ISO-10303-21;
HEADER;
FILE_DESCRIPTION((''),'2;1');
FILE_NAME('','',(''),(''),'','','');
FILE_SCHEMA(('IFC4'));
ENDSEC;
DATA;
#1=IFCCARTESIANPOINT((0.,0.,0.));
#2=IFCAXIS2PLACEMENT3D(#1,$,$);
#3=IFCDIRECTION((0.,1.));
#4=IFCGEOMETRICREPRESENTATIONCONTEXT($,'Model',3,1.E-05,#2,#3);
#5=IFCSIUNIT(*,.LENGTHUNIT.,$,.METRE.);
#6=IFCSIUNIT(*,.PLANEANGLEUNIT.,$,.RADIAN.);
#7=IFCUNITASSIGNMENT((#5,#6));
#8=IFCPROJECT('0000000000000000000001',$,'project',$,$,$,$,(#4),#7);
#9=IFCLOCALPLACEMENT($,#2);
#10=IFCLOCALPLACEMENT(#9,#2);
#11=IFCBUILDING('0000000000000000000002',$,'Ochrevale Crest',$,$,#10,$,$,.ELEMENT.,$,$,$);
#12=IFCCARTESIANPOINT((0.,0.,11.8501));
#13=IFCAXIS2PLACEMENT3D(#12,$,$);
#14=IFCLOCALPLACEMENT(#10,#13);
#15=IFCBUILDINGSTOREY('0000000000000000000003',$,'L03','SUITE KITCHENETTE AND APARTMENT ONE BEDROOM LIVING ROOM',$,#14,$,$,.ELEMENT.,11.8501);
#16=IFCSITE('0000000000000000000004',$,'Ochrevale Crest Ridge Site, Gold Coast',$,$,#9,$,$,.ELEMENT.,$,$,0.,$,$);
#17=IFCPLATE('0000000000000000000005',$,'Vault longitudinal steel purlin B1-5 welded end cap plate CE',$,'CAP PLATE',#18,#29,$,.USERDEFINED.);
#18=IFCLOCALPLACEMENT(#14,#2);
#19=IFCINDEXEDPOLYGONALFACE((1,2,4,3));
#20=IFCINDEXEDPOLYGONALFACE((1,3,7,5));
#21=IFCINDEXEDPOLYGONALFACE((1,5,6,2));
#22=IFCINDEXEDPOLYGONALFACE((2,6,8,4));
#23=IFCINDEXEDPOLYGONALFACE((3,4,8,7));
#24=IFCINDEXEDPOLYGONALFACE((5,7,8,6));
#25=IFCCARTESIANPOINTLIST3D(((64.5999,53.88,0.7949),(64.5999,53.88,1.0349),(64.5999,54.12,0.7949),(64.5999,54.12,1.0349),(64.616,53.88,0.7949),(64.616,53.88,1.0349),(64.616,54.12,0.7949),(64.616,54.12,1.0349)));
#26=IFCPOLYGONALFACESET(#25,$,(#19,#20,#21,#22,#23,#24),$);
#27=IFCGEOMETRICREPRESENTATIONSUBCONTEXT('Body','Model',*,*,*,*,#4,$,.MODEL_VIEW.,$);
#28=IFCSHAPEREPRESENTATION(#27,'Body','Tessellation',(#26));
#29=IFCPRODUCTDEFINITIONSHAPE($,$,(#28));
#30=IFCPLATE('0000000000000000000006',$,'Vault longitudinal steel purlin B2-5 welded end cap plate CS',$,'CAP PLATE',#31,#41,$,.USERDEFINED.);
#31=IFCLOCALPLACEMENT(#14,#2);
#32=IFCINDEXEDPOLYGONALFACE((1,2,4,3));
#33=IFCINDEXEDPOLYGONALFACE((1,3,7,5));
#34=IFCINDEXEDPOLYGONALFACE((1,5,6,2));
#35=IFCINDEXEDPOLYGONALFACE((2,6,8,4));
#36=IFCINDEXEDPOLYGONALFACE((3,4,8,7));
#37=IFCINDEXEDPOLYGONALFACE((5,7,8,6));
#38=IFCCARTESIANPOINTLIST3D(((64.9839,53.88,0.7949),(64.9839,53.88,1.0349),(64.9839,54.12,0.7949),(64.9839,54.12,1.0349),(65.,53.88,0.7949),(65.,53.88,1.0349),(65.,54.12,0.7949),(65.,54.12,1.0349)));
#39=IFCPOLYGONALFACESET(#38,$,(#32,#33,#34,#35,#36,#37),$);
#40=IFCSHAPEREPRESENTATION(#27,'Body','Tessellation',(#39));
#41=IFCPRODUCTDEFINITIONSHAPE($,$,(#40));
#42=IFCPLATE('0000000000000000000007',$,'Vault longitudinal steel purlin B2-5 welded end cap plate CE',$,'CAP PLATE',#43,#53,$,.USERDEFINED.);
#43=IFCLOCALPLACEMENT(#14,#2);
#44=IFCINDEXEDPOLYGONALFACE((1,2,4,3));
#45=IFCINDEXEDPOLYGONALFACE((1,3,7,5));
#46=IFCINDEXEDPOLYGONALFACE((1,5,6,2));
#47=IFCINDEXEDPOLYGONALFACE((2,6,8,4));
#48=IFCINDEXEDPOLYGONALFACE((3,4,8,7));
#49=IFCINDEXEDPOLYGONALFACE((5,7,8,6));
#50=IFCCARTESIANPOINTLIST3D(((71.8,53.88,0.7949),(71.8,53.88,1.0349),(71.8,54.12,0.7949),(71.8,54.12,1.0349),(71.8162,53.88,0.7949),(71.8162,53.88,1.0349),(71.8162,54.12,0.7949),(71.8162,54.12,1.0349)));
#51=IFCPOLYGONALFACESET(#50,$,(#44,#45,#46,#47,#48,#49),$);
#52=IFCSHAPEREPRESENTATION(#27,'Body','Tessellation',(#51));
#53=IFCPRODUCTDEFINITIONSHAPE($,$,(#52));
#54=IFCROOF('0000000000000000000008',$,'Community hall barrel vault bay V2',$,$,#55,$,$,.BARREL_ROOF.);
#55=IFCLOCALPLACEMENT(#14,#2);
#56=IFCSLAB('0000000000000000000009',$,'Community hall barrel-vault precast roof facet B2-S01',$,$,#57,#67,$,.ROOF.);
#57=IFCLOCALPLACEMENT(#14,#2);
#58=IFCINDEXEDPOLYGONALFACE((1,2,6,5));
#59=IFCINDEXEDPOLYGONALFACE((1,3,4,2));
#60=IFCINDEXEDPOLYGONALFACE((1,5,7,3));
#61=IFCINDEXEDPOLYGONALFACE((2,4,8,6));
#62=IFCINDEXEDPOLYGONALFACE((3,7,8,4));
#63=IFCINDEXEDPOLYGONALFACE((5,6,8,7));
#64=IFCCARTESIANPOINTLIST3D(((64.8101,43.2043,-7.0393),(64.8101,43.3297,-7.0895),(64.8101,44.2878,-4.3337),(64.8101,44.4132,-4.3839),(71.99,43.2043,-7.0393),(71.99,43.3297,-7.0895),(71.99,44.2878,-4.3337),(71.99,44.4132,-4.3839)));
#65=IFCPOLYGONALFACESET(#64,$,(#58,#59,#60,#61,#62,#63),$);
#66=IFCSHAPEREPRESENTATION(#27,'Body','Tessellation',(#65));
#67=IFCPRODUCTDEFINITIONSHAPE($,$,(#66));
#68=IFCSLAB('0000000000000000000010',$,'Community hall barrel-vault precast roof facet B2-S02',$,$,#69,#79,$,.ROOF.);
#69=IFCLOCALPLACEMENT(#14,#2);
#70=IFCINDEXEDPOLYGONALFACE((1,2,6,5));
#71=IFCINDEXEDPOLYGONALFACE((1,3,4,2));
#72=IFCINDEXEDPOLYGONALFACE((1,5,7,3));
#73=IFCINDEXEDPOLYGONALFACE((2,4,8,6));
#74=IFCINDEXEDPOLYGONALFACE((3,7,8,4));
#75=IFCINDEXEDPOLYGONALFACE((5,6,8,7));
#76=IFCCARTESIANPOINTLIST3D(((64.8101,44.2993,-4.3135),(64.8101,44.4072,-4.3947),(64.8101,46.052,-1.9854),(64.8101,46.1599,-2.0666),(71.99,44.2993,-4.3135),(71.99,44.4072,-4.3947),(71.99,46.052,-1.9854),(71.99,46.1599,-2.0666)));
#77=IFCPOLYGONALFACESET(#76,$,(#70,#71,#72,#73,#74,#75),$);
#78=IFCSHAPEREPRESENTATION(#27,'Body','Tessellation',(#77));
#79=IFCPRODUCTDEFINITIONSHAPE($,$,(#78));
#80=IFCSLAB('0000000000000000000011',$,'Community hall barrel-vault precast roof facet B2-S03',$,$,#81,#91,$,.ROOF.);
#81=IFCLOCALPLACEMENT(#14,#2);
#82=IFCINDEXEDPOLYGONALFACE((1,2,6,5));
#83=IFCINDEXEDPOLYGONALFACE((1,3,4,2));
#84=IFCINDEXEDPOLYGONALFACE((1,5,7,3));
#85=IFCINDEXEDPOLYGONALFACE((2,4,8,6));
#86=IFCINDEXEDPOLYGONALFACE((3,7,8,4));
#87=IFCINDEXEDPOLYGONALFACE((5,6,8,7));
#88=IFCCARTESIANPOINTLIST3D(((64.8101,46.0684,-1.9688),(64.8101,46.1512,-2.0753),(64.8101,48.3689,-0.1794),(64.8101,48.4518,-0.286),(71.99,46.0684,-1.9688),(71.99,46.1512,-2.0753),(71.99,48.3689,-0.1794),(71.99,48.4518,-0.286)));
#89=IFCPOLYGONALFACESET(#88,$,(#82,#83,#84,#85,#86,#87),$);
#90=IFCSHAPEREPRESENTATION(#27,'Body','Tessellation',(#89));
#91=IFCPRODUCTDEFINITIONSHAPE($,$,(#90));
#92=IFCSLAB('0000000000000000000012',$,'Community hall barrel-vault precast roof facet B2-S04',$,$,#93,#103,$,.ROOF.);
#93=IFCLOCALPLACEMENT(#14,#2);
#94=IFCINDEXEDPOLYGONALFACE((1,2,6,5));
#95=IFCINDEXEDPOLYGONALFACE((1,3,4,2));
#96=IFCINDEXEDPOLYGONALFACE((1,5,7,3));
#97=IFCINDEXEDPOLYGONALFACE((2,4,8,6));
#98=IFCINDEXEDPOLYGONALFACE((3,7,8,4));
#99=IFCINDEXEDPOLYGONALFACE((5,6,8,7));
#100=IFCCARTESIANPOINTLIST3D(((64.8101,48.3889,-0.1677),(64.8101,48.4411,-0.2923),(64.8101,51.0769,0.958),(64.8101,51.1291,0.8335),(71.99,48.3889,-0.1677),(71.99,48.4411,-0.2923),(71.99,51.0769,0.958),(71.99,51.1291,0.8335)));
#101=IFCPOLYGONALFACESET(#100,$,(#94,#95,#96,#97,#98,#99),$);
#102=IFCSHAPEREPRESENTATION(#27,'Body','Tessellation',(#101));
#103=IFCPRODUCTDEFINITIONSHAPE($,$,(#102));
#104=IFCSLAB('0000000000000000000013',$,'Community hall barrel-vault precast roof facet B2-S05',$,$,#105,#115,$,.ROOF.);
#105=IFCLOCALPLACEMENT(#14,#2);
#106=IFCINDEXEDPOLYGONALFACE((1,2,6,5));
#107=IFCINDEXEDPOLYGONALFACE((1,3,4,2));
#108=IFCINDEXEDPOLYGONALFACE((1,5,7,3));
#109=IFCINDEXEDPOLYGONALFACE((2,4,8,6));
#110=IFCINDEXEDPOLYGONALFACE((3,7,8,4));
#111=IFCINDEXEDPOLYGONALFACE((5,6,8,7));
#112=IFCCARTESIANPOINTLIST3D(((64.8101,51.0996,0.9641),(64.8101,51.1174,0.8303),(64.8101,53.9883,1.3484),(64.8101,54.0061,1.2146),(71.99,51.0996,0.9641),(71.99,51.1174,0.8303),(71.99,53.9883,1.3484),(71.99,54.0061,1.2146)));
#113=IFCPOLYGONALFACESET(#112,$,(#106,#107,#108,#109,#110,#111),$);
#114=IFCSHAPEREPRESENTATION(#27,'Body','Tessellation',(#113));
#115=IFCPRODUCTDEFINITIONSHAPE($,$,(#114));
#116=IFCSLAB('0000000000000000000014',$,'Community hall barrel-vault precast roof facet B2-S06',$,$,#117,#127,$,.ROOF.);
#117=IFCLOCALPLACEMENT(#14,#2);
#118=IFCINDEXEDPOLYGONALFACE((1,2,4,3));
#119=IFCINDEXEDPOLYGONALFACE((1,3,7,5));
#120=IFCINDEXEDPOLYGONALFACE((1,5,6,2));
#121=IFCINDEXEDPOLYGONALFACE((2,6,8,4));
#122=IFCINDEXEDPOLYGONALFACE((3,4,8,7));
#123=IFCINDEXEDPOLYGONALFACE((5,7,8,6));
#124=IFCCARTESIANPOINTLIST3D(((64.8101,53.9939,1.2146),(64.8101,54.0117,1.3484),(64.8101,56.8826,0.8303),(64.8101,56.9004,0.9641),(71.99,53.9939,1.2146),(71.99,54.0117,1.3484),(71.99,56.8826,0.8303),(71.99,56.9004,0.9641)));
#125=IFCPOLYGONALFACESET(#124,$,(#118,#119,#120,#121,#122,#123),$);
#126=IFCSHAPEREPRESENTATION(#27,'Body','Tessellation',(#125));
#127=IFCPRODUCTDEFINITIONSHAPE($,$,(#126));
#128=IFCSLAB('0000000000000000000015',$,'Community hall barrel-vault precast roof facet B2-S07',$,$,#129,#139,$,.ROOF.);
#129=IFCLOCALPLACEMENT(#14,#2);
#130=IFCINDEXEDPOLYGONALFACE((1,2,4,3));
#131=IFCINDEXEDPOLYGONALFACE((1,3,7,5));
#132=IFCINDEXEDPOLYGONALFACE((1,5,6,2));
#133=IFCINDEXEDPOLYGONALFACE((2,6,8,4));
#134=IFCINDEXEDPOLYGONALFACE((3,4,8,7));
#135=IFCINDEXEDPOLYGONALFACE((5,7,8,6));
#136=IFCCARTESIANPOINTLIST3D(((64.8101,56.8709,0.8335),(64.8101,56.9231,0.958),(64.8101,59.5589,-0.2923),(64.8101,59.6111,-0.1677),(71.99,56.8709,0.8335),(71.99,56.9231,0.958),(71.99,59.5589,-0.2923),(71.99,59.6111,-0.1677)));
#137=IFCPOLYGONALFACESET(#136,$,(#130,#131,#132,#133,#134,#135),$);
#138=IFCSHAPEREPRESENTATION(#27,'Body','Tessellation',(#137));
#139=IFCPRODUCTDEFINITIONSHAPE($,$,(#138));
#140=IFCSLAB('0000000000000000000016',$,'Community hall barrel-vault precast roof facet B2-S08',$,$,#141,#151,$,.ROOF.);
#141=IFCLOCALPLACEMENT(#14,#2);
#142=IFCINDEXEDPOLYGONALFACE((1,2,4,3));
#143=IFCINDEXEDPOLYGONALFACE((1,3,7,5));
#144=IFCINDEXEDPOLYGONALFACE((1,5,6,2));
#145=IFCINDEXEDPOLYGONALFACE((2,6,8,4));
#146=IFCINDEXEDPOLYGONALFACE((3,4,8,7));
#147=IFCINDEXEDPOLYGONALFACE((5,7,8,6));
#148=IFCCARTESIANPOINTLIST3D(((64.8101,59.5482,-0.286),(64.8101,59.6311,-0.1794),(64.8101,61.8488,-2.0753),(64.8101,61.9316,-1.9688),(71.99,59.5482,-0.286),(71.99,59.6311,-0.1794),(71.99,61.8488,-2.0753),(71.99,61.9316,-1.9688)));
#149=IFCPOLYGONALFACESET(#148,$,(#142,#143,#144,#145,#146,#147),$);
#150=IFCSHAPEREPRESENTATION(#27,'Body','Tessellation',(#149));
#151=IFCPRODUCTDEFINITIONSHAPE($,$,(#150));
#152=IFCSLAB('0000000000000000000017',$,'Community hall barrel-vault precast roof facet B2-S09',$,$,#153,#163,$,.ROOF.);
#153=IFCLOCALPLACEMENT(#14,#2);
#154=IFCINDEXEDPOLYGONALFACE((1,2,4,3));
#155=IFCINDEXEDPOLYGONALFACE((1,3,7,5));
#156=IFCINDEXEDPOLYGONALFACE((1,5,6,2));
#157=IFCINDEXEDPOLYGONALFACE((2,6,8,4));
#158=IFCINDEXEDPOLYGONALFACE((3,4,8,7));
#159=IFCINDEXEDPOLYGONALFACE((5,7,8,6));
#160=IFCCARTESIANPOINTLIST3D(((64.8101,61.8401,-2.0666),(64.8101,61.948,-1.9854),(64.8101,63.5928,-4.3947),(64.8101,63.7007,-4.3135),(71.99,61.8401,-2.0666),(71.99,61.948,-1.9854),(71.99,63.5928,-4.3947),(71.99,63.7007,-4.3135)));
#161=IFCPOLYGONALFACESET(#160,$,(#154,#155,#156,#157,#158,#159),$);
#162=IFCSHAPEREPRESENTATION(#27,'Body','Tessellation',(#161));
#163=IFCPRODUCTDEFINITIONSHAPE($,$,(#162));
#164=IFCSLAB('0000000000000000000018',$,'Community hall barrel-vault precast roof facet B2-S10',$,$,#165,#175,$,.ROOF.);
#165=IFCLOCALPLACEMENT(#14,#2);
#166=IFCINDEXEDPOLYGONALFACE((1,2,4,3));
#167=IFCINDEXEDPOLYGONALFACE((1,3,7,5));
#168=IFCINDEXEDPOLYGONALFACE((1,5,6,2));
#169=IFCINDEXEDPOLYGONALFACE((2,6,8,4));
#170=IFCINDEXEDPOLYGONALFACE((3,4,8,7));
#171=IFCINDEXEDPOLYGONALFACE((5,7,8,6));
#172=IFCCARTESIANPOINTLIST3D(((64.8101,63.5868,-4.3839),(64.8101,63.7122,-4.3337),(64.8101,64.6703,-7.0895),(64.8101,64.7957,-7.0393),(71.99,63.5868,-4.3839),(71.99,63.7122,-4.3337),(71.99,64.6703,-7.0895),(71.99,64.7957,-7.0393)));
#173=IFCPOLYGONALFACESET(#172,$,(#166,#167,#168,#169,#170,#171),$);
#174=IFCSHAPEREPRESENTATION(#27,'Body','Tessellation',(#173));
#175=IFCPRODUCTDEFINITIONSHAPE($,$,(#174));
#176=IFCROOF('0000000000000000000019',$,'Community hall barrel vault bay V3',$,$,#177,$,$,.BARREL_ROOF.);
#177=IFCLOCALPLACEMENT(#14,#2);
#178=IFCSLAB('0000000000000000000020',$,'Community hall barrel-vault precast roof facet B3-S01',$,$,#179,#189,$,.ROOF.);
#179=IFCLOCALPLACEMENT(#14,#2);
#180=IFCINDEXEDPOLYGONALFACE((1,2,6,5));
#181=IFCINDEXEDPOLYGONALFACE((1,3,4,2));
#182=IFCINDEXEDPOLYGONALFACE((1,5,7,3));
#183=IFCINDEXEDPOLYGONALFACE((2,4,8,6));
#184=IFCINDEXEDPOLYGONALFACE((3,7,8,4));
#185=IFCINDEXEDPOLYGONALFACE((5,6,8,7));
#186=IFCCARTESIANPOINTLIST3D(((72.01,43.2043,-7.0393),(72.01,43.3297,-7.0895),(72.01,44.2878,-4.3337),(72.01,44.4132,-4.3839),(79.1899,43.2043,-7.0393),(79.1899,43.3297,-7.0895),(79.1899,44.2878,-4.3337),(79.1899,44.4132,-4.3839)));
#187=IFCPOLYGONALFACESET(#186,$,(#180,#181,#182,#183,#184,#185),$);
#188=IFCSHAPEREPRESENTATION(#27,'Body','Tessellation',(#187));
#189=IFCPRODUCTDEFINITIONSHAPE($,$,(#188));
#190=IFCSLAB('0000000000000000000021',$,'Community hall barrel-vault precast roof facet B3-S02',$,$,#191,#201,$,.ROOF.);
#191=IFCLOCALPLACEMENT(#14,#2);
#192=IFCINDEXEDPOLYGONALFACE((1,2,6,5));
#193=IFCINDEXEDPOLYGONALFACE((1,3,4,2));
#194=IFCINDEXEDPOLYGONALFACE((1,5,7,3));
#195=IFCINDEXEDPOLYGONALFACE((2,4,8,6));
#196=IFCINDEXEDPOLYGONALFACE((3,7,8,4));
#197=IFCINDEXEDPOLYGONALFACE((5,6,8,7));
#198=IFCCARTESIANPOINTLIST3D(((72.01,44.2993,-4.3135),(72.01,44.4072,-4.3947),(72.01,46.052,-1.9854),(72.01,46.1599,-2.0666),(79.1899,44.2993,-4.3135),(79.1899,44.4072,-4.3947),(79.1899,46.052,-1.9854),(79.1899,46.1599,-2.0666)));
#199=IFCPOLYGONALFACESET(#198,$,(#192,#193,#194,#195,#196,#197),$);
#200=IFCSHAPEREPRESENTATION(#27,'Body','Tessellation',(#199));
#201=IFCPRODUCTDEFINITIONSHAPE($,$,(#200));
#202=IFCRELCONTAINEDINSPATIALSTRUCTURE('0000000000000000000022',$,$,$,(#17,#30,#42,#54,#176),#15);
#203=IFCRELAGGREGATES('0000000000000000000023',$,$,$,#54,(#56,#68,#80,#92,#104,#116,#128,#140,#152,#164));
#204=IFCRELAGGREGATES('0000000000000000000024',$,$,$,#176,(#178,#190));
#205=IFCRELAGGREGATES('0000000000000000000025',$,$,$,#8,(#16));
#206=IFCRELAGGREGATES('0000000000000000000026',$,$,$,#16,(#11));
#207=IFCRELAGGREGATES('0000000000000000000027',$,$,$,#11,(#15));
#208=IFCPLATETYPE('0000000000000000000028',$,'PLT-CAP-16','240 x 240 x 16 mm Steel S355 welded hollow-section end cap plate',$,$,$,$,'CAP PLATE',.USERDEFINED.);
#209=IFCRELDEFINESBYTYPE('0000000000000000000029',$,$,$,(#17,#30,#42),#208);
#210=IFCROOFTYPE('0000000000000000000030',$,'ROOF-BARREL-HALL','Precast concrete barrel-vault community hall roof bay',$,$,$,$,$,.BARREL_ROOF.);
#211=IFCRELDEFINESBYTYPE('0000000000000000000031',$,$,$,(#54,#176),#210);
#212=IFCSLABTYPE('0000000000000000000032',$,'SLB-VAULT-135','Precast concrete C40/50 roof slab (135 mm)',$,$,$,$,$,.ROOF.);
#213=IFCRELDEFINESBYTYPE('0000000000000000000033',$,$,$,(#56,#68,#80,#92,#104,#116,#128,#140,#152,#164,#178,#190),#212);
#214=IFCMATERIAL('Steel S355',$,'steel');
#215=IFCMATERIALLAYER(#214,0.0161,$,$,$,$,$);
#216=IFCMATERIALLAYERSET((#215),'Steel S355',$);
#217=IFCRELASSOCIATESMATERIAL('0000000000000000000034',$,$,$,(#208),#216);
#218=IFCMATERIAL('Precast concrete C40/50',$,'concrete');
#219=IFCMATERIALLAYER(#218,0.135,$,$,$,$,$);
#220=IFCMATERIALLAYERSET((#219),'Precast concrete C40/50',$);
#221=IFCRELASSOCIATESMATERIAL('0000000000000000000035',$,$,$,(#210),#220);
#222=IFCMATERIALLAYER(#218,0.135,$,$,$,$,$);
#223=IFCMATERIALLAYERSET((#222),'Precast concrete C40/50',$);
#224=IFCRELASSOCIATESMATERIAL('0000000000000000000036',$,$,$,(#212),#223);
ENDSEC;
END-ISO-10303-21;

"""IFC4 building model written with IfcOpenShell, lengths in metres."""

from ifc_helpers import new_model, si_unit, direction, frame, origin, origin_2d, place, context, subcontext, project, spatial, polyline, rectangle, outline, extrude, material, layer, layer_set, type_object, element, aggregate, save


model = new_model("IFC4")

# Units and contexts
model_context = context("Model", 3, precision=1e-05, world=origin(), true_north=direction((0.0, 1.0)))
body_context = subcontext(model_context, "Body", "Model", "MODEL_VIEW")
ifc_project = project(units=[si_unit("LENGTHUNIT", "METRE"), si_unit("PLANEANGLEUNIT", "RADIAN")], contexts=[model_context])

# Site, building, storey
site_placement = place(None, origin())
site = spatial("IfcSite", under=ifc_project, at=site_placement, Name="Ochrevale Crest Ridge Site, Gold Coast", CompositionType="ELEMENT", RefElevation=0.0)
building_placement = place(site_placement, origin())
building = spatial("IfcBuilding", under=site, at=building_placement, Name="Ochrevale Crest", CompositionType="ELEMENT")
storey_placement = place(building_placement, frame((0.0, 0.0, 11.8501)))
storey = spatial("IfcBuildingStorey", under=building, at=storey_placement, Name="L03", Description="SUITE KITCHENETTE AND APARTMENT ONE BEDROOM LIVING ROOM", CompositionType="ELEMENT", Elevation=11.8501)

# Shared definitions
ifc_material_1 = material(Name="Steel S355", Category="steel")

# Plates
ifc_layer_1 = layer(ifc_material_1, 0.0161)
ifc_layer_set_1 = layer_set([ifc_layer_1], Name="Steel S355")
plate_type = type_object("IfcPlateType", Name="PLT-CAP-16", Description="240 x 240 x 16 mm Steel S355 welded hollow-section end cap plate", ElementType="CAP PLATE", PredefinedType="USERDEFINED", material=ifc_layer_set_1)
for number, where, z_axis, x_axis, name in (
    (1, (64.6079, 54.0, 0.7949), (0.0, 0.0, 1.0), (1.0, 0.0, 0.0), "Vault longitudinal steel purlin B1-5 welded end cap plate CE"),
    (2, (64.9919, 54.0, 0.7949), (0.0, 0.0, 1.0), (1.0, 0.0, 0.0), "Vault longitudinal steel purlin B2-5 welded end cap plate CS"),
    (3, (71.8081, 54.0, 0.7949), (0.0, 0.0, 1.0), (1.0, 0.0, 0.0), "Vault longitudinal steel purlin B2-5 welded end cap plate CE"),
):
    element("IfcPlate", number, at=place(storey_placement, frame(where, z_axis=z_axis, x_axis=x_axis)), inside=storey, type_object=plate_type, Name=name, ObjectType="CAP PLATE", PredefinedType="USERDEFINED", context=body_context, shape_type="SweptSolid", body=[
        extrude(rectangle(XDim=0.0161, YDim=0.24, at=origin_2d()), origin(), (0.0, 0.0, 1.0), 0.24),
    ])

# Roofs, slabs
ifc_material_2 = material(Name="Precast concrete C40/50", Category="concrete")
ifc_layer_2 = layer(ifc_material_2, 0.135)
ifc_layer_set_2 = layer_set([ifc_layer_2], Name="Precast concrete C40/50")
roof_type = type_object("IfcRoofType", Name="ROOF-BARREL-HALL", Description="Precast concrete barrel-vault community hall roof bay", PredefinedType="BARREL_ROOF", material=ifc_layer_set_2)
roof_1_placement = place(storey_placement, origin())
roof_1 = element("IfcRoof", 4, at=roof_1_placement, inside=storey, type_object=roof_type, Name="Community hall barrel vault bay V2", PredefinedType="BARREL_ROOF")
ifc_layer_3 = layer(ifc_material_2, 0.135)
ifc_layer_set_3 = layer_set([ifc_layer_3], Name="Precast concrete C40/50")
slab_type = type_object("IfcSlabType", Name="SLB-VAULT-135", Description="Precast concrete C40/50 roof slab (135 mm)", PredefinedType="ROOF", material=ifc_layer_set_3)
slab_1_placement = place(storey_placement, frame((64.8101, 43.2043, -7.0393), z_axis=(0.0, -0.928326, 0.371766), x_axis=(1.0, 0.0, 0.0)))
slab_1 = element("IfcSlab", 5, at=slab_1_placement, type_object=slab_type, Name="Community hall barrel-vault precast roof facet B2-S01", PredefinedType="ROOF", context=body_context, shape_type="SweptSolid", body=[
    extrude(outline(polyline([(0.0, 0.0), (7.1799, 0.0), (7.1799, 2.9145), (0.0, 2.9145), (0.0, 0.0)])), origin(), (0.0, 0.0, -1.0), 0.135),
])
slab_2_placement = place(storey_placement, frame((64.8101, 44.2993, -4.3135), z_axis=(0.0, -0.798913, 0.601447), x_axis=(1.0, 0.0, 0.0)))
slab_2 = element("IfcSlab", 6, at=slab_2_placement, type_object=slab_type, Name="Community hall barrel-vault precast roof facet B2-S02", PredefinedType="ROOF", context=body_context, shape_type="SweptSolid", body=[
    extrude(outline(polyline([(0.0, 0.0), (7.1799, 0.0), (7.1799, 2.9141), (0.0, 2.9141), (0.0, 0.0)])), origin(), (0.0, 0.0, -1.0), 0.135),
])
slab_3_placement = place(storey_placement, frame((64.8101, 46.0684, -1.9688), z_axis=(0.0, -0.613941, 0.789352), x_axis=(1.0, 0.0, 0.0)))
slab_3 = element("IfcSlab", 7, at=slab_3_placement, type_object=slab_type, Name="Community hall barrel-vault precast roof facet B2-S03", PredefinedType="ROOF", context=body_context, shape_type="SweptSolid", body=[
    extrude(outline(polyline([(0.0, 0.0), (7.1799, 0.0), (7.1799, 2.9145), (0.0, 2.9145), (0.0, 0.0)])), origin(), (0.0, 0.0, -1.0), 0.135),
])
slab_4_placement = place(storey_placement, frame((64.8101, 48.3889, -0.1677), z_axis=(0.0, -0.386292, 0.922376), x_axis=(1.0, 0.0, 0.0)))
slab_4 = element("IfcSlab", 8, at=slab_4_placement, type_object=slab_type, Name="Community hall barrel-vault precast roof facet B2-S04", PredefinedType="ROOF", context=body_context, shape_type="SweptSolid", body=[
    extrude(outline(polyline([(0.0, 0.0), (7.1799, 0.0), (7.1799, 2.9142), (0.0, 2.9142), (0.0, 0.0)])), origin(), (0.0, 0.0, -1.0), 0.135),
])
slab_5_placement = place(storey_placement, frame((64.8101, 51.0996, 0.9641), z_axis=(0.0, -0.131867, 0.991267), x_axis=(1.0, 0.0, 0.0)))
slab_5 = element("IfcSlab", 9, at=slab_5_placement, type_object=slab_type, Name="Community hall barrel-vault precast roof facet B2-S05", PredefinedType="ROOF", context=body_context, shape_type="SweptSolid", body=[
    extrude(outline(polyline([(0.0, 0.0), (7.1799, 0.0), (7.1799, 2.9141), (0.0, 2.9141), (0.0, 0.0)])), origin(), (0.0, 0.0, -1.0), 0.135),
])
slab_6_placement = place(storey_placement, frame((64.8101, 54.0117, 1.3484), z_axis=(0.0, 0.131867, 0.991267), x_axis=(1.0, 0.0, 0.0)))
slab_6 = element("IfcSlab", 10, at=slab_6_placement, type_object=slab_type, Name="Community hall barrel-vault precast roof facet B2-S06", PredefinedType="ROOF", context=body_context, shape_type="SweptSolid", body=[
    extrude(outline(polyline([(0.0, 0.0), (7.1799, 0.0), (7.1799, 2.9141), (0.0, 2.9141), (0.0, 0.0)])), origin(), (0.0, 0.0, -1.0), 0.135),
])
slab_7_placement = place(storey_placement, frame((64.8101, 56.9231, 0.958), z_axis=(0.0, 0.386292, 0.922376), x_axis=(1.0, 0.0, 0.0)))
slab_7 = element("IfcSlab", 11, at=slab_7_placement, type_object=slab_type, Name="Community hall barrel-vault precast roof facet B2-S07", PredefinedType="ROOF", context=body_context, shape_type="SweptSolid", body=[
    extrude(outline(polyline([(0.0, 0.0), (7.1799, 0.0), (7.1799, 2.9142), (0.0, 2.9142), (0.0, 0.0)])), origin(), (0.0, 0.0, -1.0), 0.135),
])
slab_8_placement = place(storey_placement, frame((64.8101, 59.6311, -0.1794), z_axis=(0.0, 0.613941, 0.789352), x_axis=(1.0, 0.0, 0.0)))
slab_8 = element("IfcSlab", 12, at=slab_8_placement, type_object=slab_type, Name="Community hall barrel-vault precast roof facet B2-S08", PredefinedType="ROOF", context=body_context, shape_type="SweptSolid", body=[
    extrude(outline(polyline([(0.0, 0.0), (7.1799, 0.0), (7.1799, 2.9145), (0.0, 2.9145), (0.0, 0.0)])), origin(), (0.0, 0.0, -1.0), 0.135),
])
slab_9_placement = place(storey_placement, frame((64.8101, 61.948, -1.9854), z_axis=(0.0, 0.798913, 0.601447), x_axis=(1.0, 0.0, 0.0)))
slab_9 = element("IfcSlab", 13, at=slab_9_placement, type_object=slab_type, Name="Community hall barrel-vault precast roof facet B2-S09", PredefinedType="ROOF", context=body_context, shape_type="SweptSolid", body=[
    extrude(outline(polyline([(0.0, 0.0), (7.1799, 0.0), (7.1799, 2.9141), (0.0, 2.9141), (0.0, 0.0)])), origin(), (0.0, 0.0, -1.0), 0.135),
])
slab_10_placement = place(storey_placement, frame((64.8101, 63.7122, -4.3337), z_axis=(0.0, 0.928326, 0.371766), x_axis=(1.0, 0.0, 0.0)))
slab_10 = element("IfcSlab", 14, at=slab_10_placement, type_object=slab_type, Name="Community hall barrel-vault precast roof facet B2-S10", PredefinedType="ROOF", context=body_context, shape_type="SweptSolid", body=[
    extrude(outline(polyline([(0.0, 0.0), (7.1799, 0.0), (7.1799, 2.9145), (0.0, 2.9145), (0.0, 0.0)])), origin(), (0.0, 0.0, -1.0), 0.135),
])
aggregate(roof_1, [slab_1, slab_2, slab_3, slab_4, slab_5, slab_6, slab_7, slab_8, slab_9, slab_10])
roof_2_placement = place(storey_placement, origin())
roof_2 = element("IfcRoof", 15, at=roof_2_placement, inside=storey, type_object=roof_type, Name="Community hall barrel vault bay V3", PredefinedType="BARREL_ROOF")
slab_11_placement = place(storey_placement, frame((72.01, 43.2043, -7.0393), z_axis=(0.0, -0.928326, 0.371766), x_axis=(1.0, 0.0, 0.0)))
slab_11 = element("IfcSlab", 16, at=slab_11_placement, type_object=slab_type, Name="Community hall barrel-vault precast roof facet B3-S01", PredefinedType="ROOF", context=body_context, shape_type="SweptSolid", body=[
    extrude(outline(polyline([(0.0, 0.0), (7.1799, 0.0), (7.1799, 2.9145), (0.0, 2.9145), (0.0, 0.0)])), origin(), (0.0, 0.0, -1.0), 0.135),
])
slab_12_placement = place(storey_placement, frame((72.01, 44.2993, -4.3135), z_axis=(0.0, -0.798913, 0.601447), x_axis=(1.0, 0.0, 0.0)))
slab_12 = element("IfcSlab", 17, at=slab_12_placement, type_object=slab_type, Name="Community hall barrel-vault precast roof facet B3-S02", PredefinedType="ROOF", context=body_context, shape_type="SweptSolid", body=[
    extrude(outline(polyline([(0.0, 0.0), (7.1799, 0.0), (7.1799, 2.9141), (0.0, 2.9141), (0.0, 0.0)])), origin(), (0.0, 0.0, -1.0), 0.135),
])
aggregate(roof_2, [slab_11, slab_12])

save(model, "model.ifc")
